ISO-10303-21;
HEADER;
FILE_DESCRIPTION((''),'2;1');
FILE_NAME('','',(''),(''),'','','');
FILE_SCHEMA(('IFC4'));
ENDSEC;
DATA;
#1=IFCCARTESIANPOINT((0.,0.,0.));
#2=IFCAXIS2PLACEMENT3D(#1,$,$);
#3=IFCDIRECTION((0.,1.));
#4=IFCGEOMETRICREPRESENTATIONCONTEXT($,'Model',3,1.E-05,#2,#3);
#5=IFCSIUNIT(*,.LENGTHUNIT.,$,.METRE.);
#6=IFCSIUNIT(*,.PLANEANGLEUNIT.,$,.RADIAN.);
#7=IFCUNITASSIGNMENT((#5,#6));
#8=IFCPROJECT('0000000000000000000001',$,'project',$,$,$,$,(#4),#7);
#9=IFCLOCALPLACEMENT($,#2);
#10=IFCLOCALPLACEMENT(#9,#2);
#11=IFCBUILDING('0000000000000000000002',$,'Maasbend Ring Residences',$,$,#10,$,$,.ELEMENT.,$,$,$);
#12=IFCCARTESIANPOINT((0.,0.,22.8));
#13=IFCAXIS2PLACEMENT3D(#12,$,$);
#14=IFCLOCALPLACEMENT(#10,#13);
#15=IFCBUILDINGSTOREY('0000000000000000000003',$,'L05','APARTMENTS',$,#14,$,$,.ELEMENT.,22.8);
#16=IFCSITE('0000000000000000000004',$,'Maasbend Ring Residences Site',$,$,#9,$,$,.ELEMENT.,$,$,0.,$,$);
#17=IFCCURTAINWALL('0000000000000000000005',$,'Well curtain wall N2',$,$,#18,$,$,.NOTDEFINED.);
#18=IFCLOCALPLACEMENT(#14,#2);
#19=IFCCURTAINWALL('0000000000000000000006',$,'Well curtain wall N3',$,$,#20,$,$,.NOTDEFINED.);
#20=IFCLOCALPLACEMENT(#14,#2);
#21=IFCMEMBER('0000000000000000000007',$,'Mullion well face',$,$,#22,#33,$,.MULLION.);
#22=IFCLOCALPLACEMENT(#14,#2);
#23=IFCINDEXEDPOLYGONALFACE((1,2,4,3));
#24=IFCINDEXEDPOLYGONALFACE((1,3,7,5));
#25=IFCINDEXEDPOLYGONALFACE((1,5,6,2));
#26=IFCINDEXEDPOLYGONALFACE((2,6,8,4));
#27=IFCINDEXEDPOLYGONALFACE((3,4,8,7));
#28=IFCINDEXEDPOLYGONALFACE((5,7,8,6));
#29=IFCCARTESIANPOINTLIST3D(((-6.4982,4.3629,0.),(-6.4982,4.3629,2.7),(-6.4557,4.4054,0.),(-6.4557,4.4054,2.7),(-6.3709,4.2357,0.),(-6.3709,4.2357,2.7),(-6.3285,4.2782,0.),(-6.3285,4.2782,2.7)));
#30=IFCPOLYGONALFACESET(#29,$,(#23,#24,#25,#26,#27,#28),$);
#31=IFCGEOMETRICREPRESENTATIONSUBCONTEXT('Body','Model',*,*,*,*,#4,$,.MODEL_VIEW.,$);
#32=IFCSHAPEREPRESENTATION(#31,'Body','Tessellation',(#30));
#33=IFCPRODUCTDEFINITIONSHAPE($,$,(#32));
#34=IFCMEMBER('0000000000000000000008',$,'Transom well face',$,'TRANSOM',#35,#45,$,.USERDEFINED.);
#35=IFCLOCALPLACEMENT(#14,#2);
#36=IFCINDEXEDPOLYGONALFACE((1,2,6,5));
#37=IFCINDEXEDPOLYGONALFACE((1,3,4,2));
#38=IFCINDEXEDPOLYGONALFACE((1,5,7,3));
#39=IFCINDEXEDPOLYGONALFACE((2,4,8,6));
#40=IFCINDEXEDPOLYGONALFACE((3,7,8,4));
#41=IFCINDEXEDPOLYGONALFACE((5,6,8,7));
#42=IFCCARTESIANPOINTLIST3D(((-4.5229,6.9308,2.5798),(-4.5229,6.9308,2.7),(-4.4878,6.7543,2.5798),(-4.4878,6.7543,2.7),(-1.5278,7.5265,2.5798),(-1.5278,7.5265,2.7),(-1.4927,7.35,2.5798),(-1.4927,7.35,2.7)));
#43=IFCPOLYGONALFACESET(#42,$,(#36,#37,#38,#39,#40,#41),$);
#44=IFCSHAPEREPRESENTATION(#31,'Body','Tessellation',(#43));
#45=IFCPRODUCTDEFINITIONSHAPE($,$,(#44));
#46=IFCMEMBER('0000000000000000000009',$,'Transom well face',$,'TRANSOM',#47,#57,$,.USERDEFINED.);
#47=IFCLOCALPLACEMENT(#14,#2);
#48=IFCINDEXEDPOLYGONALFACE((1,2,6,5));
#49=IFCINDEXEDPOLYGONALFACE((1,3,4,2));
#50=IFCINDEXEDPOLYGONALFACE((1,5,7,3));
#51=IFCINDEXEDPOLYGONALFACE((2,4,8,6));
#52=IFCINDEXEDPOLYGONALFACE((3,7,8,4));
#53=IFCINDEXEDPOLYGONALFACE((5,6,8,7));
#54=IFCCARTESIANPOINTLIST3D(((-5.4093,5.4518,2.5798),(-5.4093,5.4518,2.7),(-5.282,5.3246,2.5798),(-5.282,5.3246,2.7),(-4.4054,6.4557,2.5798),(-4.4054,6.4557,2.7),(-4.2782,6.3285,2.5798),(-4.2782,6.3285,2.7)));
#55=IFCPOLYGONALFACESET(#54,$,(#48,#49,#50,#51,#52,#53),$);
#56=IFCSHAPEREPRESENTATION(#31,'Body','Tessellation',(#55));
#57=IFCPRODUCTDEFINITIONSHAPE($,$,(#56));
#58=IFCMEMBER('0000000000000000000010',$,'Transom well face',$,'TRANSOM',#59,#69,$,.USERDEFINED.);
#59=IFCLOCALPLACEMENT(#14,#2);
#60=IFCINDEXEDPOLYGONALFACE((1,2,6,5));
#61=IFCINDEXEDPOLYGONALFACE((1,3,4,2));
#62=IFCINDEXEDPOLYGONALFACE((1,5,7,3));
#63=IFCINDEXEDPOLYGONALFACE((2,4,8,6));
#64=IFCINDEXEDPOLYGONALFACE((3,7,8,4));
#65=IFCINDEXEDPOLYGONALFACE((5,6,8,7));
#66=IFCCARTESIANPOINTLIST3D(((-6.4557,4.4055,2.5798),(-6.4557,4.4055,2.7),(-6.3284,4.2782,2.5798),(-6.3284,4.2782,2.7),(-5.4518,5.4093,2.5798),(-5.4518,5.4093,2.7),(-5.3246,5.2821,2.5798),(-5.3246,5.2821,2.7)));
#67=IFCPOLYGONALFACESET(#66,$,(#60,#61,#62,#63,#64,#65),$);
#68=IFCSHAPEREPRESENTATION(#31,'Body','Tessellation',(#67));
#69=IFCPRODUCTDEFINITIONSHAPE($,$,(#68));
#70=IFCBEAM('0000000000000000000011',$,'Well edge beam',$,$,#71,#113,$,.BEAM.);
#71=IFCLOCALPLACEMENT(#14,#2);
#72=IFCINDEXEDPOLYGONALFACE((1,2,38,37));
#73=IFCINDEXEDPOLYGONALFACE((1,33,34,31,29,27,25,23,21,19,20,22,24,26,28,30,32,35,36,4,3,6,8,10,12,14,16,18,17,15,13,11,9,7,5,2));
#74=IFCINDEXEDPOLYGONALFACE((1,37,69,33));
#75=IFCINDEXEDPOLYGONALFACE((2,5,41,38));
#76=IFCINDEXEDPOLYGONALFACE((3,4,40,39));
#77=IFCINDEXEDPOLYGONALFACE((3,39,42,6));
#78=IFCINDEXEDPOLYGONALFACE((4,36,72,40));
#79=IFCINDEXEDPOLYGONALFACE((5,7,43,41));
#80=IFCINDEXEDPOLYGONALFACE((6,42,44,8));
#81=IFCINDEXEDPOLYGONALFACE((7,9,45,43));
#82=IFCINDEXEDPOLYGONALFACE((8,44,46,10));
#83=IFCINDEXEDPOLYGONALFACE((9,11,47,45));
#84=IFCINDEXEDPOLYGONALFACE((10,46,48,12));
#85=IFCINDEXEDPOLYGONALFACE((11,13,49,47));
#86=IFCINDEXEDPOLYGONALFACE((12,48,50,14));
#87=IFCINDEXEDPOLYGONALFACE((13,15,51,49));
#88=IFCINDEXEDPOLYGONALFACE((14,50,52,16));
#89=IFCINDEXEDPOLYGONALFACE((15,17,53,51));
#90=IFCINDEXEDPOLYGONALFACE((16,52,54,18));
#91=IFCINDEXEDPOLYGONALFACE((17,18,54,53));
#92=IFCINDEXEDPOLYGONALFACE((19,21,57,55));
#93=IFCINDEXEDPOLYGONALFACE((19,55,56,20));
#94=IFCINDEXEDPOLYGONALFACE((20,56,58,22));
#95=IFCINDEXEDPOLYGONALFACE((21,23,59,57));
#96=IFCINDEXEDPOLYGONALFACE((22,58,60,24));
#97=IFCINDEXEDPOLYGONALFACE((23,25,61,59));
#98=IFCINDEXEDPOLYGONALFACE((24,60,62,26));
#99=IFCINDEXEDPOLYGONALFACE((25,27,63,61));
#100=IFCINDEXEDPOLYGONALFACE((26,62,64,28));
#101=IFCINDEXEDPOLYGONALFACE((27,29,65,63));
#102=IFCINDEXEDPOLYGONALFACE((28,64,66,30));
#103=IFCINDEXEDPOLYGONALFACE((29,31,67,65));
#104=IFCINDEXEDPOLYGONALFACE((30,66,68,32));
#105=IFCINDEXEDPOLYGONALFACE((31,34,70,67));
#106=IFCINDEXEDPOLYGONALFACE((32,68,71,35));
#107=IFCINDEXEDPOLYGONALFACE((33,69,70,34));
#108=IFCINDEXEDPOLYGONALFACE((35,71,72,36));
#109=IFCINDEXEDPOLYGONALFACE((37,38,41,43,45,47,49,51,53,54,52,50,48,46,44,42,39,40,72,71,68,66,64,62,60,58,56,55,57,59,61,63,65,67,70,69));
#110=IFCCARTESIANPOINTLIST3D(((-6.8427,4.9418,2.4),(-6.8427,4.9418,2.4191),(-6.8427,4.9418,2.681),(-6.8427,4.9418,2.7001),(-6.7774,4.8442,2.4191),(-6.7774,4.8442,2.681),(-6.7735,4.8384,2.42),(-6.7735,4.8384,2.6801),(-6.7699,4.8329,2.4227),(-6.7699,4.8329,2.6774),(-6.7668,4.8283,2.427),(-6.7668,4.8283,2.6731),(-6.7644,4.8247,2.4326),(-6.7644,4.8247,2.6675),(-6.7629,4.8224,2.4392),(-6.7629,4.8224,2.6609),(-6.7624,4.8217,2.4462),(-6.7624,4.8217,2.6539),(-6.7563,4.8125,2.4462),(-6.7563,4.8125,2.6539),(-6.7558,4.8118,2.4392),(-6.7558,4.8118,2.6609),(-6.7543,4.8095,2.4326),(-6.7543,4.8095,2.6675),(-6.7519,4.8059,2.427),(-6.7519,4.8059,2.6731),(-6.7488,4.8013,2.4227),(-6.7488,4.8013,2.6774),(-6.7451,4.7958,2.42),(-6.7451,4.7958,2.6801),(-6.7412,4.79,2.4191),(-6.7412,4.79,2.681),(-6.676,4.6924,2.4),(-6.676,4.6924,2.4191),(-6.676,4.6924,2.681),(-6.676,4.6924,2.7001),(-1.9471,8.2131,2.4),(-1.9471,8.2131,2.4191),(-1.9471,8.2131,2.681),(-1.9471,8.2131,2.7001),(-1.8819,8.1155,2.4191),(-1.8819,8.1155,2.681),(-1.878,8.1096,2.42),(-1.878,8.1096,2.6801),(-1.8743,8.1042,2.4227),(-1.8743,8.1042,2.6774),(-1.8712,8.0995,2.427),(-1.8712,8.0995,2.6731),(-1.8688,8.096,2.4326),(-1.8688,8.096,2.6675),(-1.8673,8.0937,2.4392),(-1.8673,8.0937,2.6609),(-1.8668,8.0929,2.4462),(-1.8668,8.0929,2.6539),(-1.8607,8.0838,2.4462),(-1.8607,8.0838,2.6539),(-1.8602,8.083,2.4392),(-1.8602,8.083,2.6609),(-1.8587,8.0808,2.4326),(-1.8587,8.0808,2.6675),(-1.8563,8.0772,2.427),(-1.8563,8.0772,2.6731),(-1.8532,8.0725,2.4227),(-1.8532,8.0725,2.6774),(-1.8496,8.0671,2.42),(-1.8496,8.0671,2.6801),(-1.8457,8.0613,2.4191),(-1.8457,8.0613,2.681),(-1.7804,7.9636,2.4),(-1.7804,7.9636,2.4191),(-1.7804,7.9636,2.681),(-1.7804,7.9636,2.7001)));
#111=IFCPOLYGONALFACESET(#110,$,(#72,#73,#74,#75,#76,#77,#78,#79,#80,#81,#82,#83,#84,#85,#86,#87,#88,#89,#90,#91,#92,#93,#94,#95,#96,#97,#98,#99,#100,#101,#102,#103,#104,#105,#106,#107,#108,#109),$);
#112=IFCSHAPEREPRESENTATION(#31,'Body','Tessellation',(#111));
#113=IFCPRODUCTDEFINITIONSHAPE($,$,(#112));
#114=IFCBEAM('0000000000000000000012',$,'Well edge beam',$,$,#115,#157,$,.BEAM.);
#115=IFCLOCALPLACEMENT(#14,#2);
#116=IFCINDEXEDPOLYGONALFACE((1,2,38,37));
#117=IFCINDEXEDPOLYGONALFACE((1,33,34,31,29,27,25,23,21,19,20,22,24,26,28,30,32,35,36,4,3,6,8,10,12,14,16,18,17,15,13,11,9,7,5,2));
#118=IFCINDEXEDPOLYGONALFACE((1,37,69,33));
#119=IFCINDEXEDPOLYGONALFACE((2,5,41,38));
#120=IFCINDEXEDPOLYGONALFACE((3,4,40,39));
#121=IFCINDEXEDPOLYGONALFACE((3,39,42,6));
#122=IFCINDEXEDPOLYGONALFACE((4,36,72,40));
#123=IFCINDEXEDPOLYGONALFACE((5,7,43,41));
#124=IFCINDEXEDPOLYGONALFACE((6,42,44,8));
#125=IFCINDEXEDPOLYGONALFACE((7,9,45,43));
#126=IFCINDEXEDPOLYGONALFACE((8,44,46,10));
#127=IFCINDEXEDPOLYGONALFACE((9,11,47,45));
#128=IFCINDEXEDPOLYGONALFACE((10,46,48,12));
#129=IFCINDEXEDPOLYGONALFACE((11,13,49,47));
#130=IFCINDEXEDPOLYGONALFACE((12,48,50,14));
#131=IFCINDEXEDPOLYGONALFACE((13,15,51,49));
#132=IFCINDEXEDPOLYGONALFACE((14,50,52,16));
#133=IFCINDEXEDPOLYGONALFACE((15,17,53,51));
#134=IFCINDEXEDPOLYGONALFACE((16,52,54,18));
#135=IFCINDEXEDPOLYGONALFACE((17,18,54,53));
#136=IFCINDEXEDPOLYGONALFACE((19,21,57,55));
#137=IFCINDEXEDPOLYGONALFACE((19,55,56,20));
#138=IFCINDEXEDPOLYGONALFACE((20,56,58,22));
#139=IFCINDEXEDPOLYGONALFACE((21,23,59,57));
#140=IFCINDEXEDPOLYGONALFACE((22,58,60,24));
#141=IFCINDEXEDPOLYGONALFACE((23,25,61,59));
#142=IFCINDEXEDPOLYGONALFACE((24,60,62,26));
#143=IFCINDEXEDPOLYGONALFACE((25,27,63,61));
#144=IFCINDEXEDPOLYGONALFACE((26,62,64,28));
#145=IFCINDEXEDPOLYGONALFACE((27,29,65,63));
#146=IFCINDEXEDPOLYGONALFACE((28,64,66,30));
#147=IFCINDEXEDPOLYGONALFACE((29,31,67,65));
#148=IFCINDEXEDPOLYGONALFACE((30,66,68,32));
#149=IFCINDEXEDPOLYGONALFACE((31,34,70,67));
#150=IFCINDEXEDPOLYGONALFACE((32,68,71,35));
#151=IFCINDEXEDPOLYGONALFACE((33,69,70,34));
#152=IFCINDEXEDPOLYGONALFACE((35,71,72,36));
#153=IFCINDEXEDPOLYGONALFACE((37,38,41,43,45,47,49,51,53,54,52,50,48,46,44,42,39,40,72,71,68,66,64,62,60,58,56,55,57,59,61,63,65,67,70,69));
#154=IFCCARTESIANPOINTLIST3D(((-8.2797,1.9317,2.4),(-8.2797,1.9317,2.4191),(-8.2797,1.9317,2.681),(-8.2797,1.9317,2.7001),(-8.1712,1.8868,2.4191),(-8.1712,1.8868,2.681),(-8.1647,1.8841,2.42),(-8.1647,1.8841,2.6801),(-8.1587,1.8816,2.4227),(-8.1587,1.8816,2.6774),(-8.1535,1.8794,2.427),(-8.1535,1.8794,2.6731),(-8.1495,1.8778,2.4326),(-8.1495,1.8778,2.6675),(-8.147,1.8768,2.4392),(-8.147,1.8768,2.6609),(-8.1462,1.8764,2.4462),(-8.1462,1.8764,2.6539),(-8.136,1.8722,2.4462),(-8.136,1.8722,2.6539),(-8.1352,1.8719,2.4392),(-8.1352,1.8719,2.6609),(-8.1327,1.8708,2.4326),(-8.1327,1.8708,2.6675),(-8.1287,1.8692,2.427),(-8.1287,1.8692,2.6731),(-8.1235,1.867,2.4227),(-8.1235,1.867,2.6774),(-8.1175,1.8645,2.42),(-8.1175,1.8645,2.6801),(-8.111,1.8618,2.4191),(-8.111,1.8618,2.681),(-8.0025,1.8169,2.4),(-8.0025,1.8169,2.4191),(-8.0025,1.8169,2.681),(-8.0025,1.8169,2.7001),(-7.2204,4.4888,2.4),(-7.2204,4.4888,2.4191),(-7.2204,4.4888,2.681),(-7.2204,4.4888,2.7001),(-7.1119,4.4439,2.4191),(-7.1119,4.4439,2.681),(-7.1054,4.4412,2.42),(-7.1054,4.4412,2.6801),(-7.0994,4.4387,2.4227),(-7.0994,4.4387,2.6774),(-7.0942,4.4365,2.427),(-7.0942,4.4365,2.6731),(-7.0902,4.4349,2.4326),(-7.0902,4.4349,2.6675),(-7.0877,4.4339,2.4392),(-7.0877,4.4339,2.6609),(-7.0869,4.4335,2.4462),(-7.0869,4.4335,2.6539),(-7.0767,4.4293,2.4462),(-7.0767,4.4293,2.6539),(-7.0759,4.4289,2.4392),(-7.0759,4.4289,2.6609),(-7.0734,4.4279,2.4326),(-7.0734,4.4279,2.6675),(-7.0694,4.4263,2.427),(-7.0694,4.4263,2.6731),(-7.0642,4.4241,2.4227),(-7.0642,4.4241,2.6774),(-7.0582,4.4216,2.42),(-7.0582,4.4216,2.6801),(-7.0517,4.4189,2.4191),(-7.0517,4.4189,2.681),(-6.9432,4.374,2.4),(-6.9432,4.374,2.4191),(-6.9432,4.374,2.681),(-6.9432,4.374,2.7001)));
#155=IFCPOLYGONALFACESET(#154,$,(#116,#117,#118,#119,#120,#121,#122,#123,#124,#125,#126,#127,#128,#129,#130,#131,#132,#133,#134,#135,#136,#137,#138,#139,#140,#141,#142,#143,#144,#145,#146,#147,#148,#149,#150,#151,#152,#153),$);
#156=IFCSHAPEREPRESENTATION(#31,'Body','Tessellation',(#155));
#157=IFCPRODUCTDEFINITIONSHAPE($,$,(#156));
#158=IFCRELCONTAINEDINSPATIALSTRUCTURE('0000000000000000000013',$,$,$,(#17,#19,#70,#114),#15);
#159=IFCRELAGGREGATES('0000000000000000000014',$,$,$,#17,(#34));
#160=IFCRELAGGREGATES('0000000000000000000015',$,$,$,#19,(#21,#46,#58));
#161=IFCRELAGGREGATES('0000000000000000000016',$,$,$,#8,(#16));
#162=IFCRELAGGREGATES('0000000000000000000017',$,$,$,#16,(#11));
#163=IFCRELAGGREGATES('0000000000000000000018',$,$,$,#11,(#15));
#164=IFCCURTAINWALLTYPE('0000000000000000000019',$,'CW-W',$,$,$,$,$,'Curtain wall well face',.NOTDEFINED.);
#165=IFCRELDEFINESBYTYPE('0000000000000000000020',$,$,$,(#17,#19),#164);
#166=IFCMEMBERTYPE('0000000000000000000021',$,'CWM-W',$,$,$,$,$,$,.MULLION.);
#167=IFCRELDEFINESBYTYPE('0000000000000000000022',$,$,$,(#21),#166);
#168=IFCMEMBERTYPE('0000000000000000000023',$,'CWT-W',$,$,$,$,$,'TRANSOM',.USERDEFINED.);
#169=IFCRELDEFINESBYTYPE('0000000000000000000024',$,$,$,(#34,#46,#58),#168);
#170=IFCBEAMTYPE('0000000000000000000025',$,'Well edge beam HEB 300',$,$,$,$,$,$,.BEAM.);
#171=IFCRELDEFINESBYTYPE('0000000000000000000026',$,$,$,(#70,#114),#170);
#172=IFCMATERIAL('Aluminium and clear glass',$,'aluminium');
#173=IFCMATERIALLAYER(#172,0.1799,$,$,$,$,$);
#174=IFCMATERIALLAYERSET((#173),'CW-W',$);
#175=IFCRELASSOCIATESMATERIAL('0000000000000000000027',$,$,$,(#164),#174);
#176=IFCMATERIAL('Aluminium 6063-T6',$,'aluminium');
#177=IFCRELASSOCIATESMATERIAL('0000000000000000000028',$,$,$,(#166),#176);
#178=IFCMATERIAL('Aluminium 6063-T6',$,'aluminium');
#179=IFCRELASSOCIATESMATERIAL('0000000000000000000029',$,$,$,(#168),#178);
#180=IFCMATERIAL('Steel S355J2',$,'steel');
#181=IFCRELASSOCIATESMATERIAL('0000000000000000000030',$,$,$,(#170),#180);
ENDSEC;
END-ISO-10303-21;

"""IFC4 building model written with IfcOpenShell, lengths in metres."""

from ifc_helpers import new_model, si_unit, direction, frame, origin, origin_2d, place, context, subcontext, project, spatial, rectangle, i_section, extrude, material, layer, layer_set, material_profile, profile_set, type_object, element, aggregate, save


model = new_model("IFC4")

# Units and contexts
model_context = context("Model", 3, precision=1e-05, world=origin(), true_north=direction((0.0, 1.0)))
body_context = subcontext(model_context, "Body", "Model", "MODEL_VIEW")
ifc_project = project(units=[si_unit("LENGTHUNIT", "METRE"), si_unit("PLANEANGLEUNIT", "RADIAN")], contexts=[model_context])

# Site, building, storey
site_placement = place(None, origin())
site = spatial("IfcSite", under=ifc_project, at=site_placement, Name="Maasbend Ring Residences Site", CompositionType="ELEMENT", RefElevation=0.0)
building_placement = place(site_placement, origin())
building = spatial("IfcBuilding", under=site, at=building_placement, Name="Maasbend Ring Residences", CompositionType="ELEMENT")
storey_placement = place(building_placement, frame((0.0, 0.0, 22.8)))
storey = spatial("IfcBuildingStorey", under=building, at=storey_placement, Name="L05", Description="APARTMENTS", CompositionType="ELEMENT", Elevation=22.8)

# Curtain walls, member
ifc_material_1 = material(Name="Aluminium and clear glass", Category="aluminium")
ifc_layer_1 = layer(ifc_material_1, 0.1799)
ifc_layer_set_1 = layer_set([ifc_layer_1], Name="CW-W")
curtain_wall_type = type_object("IfcCurtainWallType", Name="CW-W", ElementType="Curtain wall well face", PredefinedType="NOTDEFINED", material=ifc_layer_set_1)
curtain_wall_1_placement = place(storey_placement, origin())
curtain_wall_1 = element("IfcCurtainWall", 1, at=curtain_wall_1_placement, inside=storey, type_object=curtain_wall_type, Name="Well curtain wall N2", PredefinedType="NOTDEFINED")
ifc_material_2 = material(Name="Aluminium 6063-T6", Category="aluminium")
ifc_material_profile_1 = material_profile(ifc_material_2, rectangle(XDim=0.1799, YDim=0.0601, at=origin_2d()), Name="AL 180x60")
ifc_profile_set_1 = profile_set([ifc_material_profile_1], Name="Aluminium 6063-T6")
member_type_1 = type_object("IfcMemberType", Name="CWM-W", PredefinedType="MULLION", material=ifc_profile_set_1)
curtain_wall_2_placement = place(storey_placement, origin())
curtain_wall_2 = element("IfcCurtainWall", 2, at=curtain_wall_2_placement, inside=storey, type_object=curtain_wall_type, Name="Well curtain wall N3", PredefinedType="NOTDEFINED")
member_1_placement = place(storey_placement, frame((-6.4133, 4.3206, 0.0), z_axis=(0.0, 0.0, 1.0), x_axis=(0.707107, -0.707107, 0.0)))
member_1 = element("IfcMember", 3, at=member_1_placement, type_object=member_type_1, Name="Mullion well face", PredefinedType="MULLION", context=body_context, shape_type="SweptSolid", body=[
    extrude(rectangle(XDim=0.1799, YDim=0.0601, at=origin_2d()), origin(), (0.0, 0.0, 1.0), 2.7),
])

# Members
ifc_material_3 = material(Name="Aluminium 6063-T6", Category="aluminium")
ifc_material_profile_2 = material_profile(ifc_material_3, rectangle(XDim=0.1799, YDim=0.1201, at=origin_2d()), Name="AL 180x120")
ifc_profile_set_2 = profile_set([ifc_material_profile_2], Name="Aluminium 6063-T6")
member_type_2 = type_object("IfcMemberType", Name="CWT-W", ElementType="TRANSOM", PredefinedType="USERDEFINED", material=ifc_profile_set_2)
member_2_placement = place(storey_placement, frame((-1.5103, 7.4382, 2.6399), z_axis=(-0.980789, -0.195071, 0.0), x_axis=(0.195071, -0.980789, 0.0)))
member_2 = element("IfcMember", 4, at=member_2_placement, type_object=member_type_2, Name="Transom well face", ObjectType="TRANSOM", PredefinedType="USERDEFINED", context=body_context, shape_type="SweptSolid", body=[
    extrude(rectangle(XDim=0.1799, YDim=0.1201, at=origin_2d()), origin(), (0.0, 0.0, 1.0), 3.0537),
])
member_3_placement = place(storey_placement, frame((-4.3418, 6.3921, 2.6399), z_axis=(-0.707107, -0.707107, 0.0), x_axis=(0.707107, -0.707107, 0.0)))
member_3 = element("IfcMember", 5, at=member_3_placement, type_object=member_type_2, Name="Transom well face", ObjectType="TRANSOM", PredefinedType="USERDEFINED", context=body_context, shape_type="SweptSolid", body=[
    extrude(rectangle(XDim=0.1799, YDim=0.1201, at=origin_2d()), origin(), (0.0, 0.0, 1.0), 1.4197),
])
member_4_placement = place(storey_placement, frame((-5.3882, 5.3457, 2.6399), z_axis=(-0.707107, -0.707107, 0.0), x_axis=(0.707107, -0.707107, 0.0)))
member_4 = element("IfcMember", 6, at=member_4_placement, type_object=member_type_2, Name="Transom well face", ObjectType="TRANSOM", PredefinedType="USERDEFINED", context=body_context, shape_type="SweptSolid", body=[
    extrude(rectangle(XDim=0.1799, YDim=0.1201, at=origin_2d()), origin(), (0.0, 0.0, 1.0), 1.4197),
])

# Beams
ifc_material_4 = material(Name="Steel S355J2", Category="steel")
ifc_material_profile_3 = material_profile(ifc_material_4, i_section(OverallWidth=0.3, OverallDepth=0.3, WebThickness=0.011, FlangeThickness=0.019, FilletRadius=0.0271, at=origin_2d()), Name="HEB 300")
ifc_profile_set_3 = profile_set([ifc_material_profile_3], Name="Steel S355J2")
beam_type = type_object("IfcBeamType", Name="Well edge beam HEB 300", PredefinedType="BEAM", material=ifc_profile_set_3)
beam_1_placement = place(storey_placement, frame((-1.8638, 8.0884, 2.55), z_axis=(-0.831457, -0.55559, 0.0), x_axis=(0.55559, -0.831457, 0.0)))
element("IfcBeam", 7, at=beam_1_placement, inside=storey, type_object=beam_type, Name="Well edge beam", PredefinedType="BEAM", context=body_context, shape_type="SweptSolid", body=[
    extrude(i_section(OverallWidth=0.3, OverallDepth=0.3, WebThickness=0.011, FlangeThickness=0.019, FilletRadius=0.0271, at=origin_2d()), origin(), (0.0, 0.0, 1.0), 5.8879),
])
beam_2_placement = place(storey_placement, frame((-7.0818, 4.4314, 2.55), z_axis=(-0.382723, -0.923863, 0.0), x_axis=(0.923863, -0.382723, 0.0)))
element("IfcBeam", 8, at=beam_2_placement, inside=storey, type_object=beam_type, Name="Well edge beam", PredefinedType="BEAM", context=body_context, shape_type="SweptSolid", body=[
    extrude(i_section(OverallWidth=0.3, OverallDepth=0.3, WebThickness=0.011, FlangeThickness=0.019, FilletRadius=0.0271, at=origin_2d()), origin(), (0.0, 0.0, 1.0), 2.7678),
])

aggregate(curtain_wall_1, [member_2])
aggregate(curtain_wall_2, [member_1, member_3, member_4])

save(model, "model.ifc")
